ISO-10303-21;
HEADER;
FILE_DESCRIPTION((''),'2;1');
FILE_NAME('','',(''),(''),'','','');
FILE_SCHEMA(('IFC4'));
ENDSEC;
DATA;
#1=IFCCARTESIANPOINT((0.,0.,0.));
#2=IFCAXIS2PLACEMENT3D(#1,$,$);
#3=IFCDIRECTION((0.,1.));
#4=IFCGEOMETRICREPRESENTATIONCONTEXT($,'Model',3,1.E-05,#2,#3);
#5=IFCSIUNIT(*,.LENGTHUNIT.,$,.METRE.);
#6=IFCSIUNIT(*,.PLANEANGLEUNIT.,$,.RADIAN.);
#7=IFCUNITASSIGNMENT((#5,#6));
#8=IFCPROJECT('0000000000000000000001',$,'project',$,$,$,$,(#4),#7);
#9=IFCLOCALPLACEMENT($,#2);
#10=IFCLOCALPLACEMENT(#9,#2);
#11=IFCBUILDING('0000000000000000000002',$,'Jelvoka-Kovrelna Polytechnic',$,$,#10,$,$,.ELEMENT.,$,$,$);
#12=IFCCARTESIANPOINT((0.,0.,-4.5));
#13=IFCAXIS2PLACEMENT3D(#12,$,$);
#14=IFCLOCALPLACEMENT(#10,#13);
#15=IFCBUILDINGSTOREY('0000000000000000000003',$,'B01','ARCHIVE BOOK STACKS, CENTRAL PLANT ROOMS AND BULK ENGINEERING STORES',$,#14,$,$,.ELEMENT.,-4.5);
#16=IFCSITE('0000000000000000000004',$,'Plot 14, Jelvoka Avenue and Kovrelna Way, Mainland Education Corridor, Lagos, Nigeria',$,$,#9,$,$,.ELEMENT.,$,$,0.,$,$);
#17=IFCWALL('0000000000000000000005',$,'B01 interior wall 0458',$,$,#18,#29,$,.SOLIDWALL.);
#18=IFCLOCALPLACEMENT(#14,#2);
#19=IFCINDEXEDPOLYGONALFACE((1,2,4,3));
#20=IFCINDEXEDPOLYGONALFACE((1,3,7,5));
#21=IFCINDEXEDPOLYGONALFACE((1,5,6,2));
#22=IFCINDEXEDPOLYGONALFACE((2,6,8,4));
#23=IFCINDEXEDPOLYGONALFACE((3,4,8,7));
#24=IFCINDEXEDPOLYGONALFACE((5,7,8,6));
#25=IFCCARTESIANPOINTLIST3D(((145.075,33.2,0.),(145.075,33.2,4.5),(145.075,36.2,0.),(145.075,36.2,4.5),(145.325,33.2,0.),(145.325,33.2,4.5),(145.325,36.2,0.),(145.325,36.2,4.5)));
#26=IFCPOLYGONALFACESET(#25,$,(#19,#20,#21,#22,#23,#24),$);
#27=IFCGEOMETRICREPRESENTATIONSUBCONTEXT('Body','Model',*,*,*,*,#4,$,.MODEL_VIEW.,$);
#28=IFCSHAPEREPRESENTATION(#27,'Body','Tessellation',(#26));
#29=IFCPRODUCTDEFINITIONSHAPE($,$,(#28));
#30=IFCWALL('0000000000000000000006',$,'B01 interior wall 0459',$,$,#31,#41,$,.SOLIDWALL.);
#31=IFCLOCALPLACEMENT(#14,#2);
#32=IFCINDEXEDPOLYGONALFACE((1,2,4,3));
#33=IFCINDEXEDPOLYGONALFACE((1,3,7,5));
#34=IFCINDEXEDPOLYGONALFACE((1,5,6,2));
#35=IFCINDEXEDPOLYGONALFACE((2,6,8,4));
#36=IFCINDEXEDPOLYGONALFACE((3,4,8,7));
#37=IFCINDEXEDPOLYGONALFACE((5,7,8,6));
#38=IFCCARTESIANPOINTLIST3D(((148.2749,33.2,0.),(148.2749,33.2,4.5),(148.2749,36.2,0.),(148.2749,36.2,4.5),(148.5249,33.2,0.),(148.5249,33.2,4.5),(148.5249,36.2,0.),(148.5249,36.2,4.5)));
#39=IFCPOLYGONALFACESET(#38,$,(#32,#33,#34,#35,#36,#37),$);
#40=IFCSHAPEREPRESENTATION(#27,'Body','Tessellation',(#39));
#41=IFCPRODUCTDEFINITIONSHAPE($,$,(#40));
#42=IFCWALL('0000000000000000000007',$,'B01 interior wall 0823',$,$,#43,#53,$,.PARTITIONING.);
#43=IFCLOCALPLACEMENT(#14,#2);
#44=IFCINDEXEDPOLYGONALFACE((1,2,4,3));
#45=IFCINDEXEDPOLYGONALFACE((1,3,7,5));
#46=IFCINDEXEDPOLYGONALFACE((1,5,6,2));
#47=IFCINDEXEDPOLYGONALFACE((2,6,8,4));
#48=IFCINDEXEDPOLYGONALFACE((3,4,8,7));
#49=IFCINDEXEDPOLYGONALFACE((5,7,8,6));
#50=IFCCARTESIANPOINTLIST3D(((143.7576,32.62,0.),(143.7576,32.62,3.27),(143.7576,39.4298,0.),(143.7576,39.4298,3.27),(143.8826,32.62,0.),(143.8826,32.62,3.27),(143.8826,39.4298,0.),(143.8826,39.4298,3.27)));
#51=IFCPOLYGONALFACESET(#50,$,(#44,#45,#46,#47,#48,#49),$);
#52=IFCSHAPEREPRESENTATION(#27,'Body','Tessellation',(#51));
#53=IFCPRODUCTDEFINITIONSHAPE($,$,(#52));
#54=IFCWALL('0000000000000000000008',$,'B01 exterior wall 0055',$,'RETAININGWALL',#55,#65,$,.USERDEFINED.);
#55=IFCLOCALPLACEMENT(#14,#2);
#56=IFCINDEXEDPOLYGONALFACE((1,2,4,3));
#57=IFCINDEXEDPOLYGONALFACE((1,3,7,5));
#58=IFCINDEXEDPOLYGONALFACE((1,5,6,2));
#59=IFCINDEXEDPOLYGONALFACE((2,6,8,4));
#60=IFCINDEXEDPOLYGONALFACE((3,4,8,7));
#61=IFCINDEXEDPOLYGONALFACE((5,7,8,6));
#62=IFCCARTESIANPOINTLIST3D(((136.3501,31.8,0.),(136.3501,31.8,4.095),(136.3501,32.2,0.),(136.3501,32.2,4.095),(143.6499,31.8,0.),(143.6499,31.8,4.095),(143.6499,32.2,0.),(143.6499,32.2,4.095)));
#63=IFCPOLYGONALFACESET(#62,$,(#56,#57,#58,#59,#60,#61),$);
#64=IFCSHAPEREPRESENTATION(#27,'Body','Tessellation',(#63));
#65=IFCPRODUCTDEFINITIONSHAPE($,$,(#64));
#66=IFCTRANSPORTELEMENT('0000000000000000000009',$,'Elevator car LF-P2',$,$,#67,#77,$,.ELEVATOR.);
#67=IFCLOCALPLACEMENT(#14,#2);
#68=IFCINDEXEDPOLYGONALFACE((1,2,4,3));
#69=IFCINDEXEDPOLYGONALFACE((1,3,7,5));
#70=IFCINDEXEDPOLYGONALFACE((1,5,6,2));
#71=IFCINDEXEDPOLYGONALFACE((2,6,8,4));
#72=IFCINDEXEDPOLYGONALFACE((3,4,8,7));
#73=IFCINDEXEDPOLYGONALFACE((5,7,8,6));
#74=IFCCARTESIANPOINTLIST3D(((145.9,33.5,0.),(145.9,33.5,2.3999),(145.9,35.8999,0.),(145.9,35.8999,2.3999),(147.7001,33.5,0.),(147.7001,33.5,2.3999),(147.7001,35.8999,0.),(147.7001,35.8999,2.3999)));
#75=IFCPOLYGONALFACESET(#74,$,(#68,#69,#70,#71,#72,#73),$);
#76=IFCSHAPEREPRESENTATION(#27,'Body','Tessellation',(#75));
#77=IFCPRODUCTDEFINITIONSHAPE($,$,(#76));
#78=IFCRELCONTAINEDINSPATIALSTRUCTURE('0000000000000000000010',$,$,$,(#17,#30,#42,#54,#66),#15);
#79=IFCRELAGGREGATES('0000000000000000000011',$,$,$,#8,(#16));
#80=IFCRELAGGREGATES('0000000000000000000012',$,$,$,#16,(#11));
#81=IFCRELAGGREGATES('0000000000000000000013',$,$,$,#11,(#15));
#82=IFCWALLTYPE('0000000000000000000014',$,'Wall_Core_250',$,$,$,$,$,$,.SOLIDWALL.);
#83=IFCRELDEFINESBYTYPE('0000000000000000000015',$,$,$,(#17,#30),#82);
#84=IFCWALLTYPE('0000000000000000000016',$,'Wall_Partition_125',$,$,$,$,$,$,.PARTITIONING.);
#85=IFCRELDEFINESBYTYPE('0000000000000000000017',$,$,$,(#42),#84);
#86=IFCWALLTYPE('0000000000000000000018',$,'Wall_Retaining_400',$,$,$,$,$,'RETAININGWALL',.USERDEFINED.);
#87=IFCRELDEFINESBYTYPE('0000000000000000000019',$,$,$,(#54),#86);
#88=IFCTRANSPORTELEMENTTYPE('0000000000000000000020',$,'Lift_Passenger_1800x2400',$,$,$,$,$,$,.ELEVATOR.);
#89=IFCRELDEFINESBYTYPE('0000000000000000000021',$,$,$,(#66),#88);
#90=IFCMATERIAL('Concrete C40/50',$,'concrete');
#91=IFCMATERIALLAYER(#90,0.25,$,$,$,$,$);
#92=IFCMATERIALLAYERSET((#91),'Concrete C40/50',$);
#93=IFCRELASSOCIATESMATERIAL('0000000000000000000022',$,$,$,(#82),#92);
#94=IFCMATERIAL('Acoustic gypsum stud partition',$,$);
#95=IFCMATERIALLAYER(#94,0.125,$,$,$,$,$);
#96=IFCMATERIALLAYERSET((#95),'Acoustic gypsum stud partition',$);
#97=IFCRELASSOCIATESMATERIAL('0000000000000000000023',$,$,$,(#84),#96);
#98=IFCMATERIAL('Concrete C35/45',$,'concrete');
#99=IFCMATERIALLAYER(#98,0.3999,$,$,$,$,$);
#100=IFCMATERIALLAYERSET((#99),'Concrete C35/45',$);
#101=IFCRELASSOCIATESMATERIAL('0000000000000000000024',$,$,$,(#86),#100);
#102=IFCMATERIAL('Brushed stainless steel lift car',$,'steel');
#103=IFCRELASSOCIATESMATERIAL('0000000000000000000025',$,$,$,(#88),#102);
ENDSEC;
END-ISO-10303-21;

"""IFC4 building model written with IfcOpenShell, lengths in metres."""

from ifc_helpers import new_model, si_unit, direction, frame, frame_2d, origin, origin_2d, place, context, subcontext, project, spatial, rectangle, extrude, material, layer, layer_set, type_object, element, save


model = new_model("IFC4")

# Units and contexts
model_context = context("Model", 3, precision=1e-05, world=origin(), true_north=direction((0.0, 1.0)))
body_context = subcontext(model_context, "Body", "Model", "MODEL_VIEW")
ifc_project = project(units=[si_unit("LENGTHUNIT", "METRE"), si_unit("PLANEANGLEUNIT", "RADIAN")], contexts=[model_context])

# Site, building, storey
site_placement = place(None, origin())
site = spatial("IfcSite", under=ifc_project, at=site_placement, Name="Plot 14, Jelvoka Avenue and Kovrelna Way, Mainland Education Corridor, Lagos, Nigeria", CompositionType="ELEMENT", RefElevation=0.0)
building_placement = place(site_placement, origin())
building = spatial("IfcBuilding", under=site, at=building_placement, Name="Jelvoka-Kovrelna Polytechnic", CompositionType="ELEMENT")
storey_placement = place(building_placement, frame((0.0, 0.0, -4.5)))
storey = spatial("IfcBuildingStorey", under=building, at=storey_placement, Name="B01", Description="ARCHIVE BOOK STACKS, CENTRAL PLANT ROOMS AND BULK ENGINEERING STORES", CompositionType="ELEMENT", Elevation=-4.5)

# Shared definitions
ifc_material_1 = material(Name="Concrete C40/50", Category="concrete")
ifc_layer_1 = layer(ifc_material_1, 0.25)
ifc_layer_set_1 = layer_set([ifc_layer_1], Name="Concrete C40/50")
wall_type_1 = type_object("IfcWallType", Name="Wall_Core_250", PredefinedType="SOLIDWALL", material=ifc_layer_set_1)

# Walls
for number, where, z_axis, x_axis, name in (
    (1, (145.2, 33.2, 0.0), (0.0, 0.0, 1.0), (0.0, 1.0, 0.0), "B01 interior wall 0458"),
    (2, (148.3999, 33.2, 0.0), (0.0, 0.0, 1.0), (0.0, 1.0, 0.0), "B01 interior wall 0459"),
):
    element("IfcWall", number, at=place(storey_placement, frame(where, z_axis=z_axis, x_axis=x_axis)), inside=storey, type_object=wall_type_1, Name=name, PredefinedType="SOLIDWALL", context=body_context, shape_type="SweptSolid", body=[
        extrude(rectangle(XDim=3.0, YDim=0.25, at=frame_2d((1.5, 0.0))), origin(), (0.0, 0.0, 1.0), 4.5),
    ])
ifc_material_2 = material(Name="Acoustic gypsum stud partition")
ifc_layer_2 = layer(ifc_material_2, 0.125)
ifc_layer_set_2 = layer_set([ifc_layer_2], Name="Acoustic gypsum stud partition")
wall_type_2 = type_object("IfcWallType", Name="Wall_Partition_125", PredefinedType="PARTITIONING", material=ifc_layer_set_2)
wall_1_placement = place(storey_placement, frame((143.8201, 32.6201, 0.0), z_axis=(0.0, 0.0, 1.0), x_axis=(0.0, 1.0, 0.0)))
element("IfcWall", 3, at=wall_1_placement, inside=storey, type_object=wall_type_2, Name="B01 interior wall 0823", PredefinedType="PARTITIONING", context=body_context, shape_type="SweptSolid", body=[
    extrude(rectangle(XDim=6.8098, YDim=0.125, at=frame_2d((3.4048, 0.0))), origin(), (0.0, 0.0, 1.0), 3.27),
])
ifc_material_3 = material(Name="Concrete C35/45", Category="concrete")
ifc_layer_3 = layer(ifc_material_3, 0.3999)
ifc_layer_set_3 = layer_set([ifc_layer_3], Name="Concrete C35/45")
wall_type_3 = type_object("IfcWallType", Name="Wall_Retaining_400", ElementType="RETAININGWALL", PredefinedType="USERDEFINED", material=ifc_layer_set_3)
wall_2_placement = place(storey_placement, frame((143.6499, 32.0, 0.0), z_axis=(0.0, 0.0, 1.0), x_axis=(-1.0, 0.0, 0.0)))
element("IfcWall", 4, at=wall_2_placement, inside=storey, type_object=wall_type_3, Name="B01 exterior wall 0055", ObjectType="RETAININGWALL", PredefinedType="USERDEFINED", context=body_context, shape_type="SweptSolid", body=[
    extrude(rectangle(XDim=7.2998, YDim=0.3999, at=frame_2d((3.6499, 0.0))), origin(), (0.0, 0.0, 1.0), 4.095),
])

# Transport element
ifc_material_4 = material(Name="Brushed stainless steel lift car", Category="steel")
transport_element_type = type_object("IfcTransportElementType", Name="Lift_Passenger_1800x2400", PredefinedType="ELEVATOR", material=ifc_material_4)
transport_element_placement = place(storey_placement, frame((146.8, 34.7, 0.0), z_axis=(0.0, 0.0, 1.0), x_axis=(1.0, 0.0, 0.0)))
element("IfcTransportElement", 5, at=transport_element_placement, inside=storey, type_object=transport_element_type, Name="Elevator car LF-P2", PredefinedType="ELEVATOR", context=body_context, shape_type="SweptSolid", body=[
    extrude(rectangle(XDim=1.8, YDim=2.3999, at=origin_2d()), origin(), (0.0, 0.0, 1.0), 2.3999),
])

save(model, "model.ifc")
